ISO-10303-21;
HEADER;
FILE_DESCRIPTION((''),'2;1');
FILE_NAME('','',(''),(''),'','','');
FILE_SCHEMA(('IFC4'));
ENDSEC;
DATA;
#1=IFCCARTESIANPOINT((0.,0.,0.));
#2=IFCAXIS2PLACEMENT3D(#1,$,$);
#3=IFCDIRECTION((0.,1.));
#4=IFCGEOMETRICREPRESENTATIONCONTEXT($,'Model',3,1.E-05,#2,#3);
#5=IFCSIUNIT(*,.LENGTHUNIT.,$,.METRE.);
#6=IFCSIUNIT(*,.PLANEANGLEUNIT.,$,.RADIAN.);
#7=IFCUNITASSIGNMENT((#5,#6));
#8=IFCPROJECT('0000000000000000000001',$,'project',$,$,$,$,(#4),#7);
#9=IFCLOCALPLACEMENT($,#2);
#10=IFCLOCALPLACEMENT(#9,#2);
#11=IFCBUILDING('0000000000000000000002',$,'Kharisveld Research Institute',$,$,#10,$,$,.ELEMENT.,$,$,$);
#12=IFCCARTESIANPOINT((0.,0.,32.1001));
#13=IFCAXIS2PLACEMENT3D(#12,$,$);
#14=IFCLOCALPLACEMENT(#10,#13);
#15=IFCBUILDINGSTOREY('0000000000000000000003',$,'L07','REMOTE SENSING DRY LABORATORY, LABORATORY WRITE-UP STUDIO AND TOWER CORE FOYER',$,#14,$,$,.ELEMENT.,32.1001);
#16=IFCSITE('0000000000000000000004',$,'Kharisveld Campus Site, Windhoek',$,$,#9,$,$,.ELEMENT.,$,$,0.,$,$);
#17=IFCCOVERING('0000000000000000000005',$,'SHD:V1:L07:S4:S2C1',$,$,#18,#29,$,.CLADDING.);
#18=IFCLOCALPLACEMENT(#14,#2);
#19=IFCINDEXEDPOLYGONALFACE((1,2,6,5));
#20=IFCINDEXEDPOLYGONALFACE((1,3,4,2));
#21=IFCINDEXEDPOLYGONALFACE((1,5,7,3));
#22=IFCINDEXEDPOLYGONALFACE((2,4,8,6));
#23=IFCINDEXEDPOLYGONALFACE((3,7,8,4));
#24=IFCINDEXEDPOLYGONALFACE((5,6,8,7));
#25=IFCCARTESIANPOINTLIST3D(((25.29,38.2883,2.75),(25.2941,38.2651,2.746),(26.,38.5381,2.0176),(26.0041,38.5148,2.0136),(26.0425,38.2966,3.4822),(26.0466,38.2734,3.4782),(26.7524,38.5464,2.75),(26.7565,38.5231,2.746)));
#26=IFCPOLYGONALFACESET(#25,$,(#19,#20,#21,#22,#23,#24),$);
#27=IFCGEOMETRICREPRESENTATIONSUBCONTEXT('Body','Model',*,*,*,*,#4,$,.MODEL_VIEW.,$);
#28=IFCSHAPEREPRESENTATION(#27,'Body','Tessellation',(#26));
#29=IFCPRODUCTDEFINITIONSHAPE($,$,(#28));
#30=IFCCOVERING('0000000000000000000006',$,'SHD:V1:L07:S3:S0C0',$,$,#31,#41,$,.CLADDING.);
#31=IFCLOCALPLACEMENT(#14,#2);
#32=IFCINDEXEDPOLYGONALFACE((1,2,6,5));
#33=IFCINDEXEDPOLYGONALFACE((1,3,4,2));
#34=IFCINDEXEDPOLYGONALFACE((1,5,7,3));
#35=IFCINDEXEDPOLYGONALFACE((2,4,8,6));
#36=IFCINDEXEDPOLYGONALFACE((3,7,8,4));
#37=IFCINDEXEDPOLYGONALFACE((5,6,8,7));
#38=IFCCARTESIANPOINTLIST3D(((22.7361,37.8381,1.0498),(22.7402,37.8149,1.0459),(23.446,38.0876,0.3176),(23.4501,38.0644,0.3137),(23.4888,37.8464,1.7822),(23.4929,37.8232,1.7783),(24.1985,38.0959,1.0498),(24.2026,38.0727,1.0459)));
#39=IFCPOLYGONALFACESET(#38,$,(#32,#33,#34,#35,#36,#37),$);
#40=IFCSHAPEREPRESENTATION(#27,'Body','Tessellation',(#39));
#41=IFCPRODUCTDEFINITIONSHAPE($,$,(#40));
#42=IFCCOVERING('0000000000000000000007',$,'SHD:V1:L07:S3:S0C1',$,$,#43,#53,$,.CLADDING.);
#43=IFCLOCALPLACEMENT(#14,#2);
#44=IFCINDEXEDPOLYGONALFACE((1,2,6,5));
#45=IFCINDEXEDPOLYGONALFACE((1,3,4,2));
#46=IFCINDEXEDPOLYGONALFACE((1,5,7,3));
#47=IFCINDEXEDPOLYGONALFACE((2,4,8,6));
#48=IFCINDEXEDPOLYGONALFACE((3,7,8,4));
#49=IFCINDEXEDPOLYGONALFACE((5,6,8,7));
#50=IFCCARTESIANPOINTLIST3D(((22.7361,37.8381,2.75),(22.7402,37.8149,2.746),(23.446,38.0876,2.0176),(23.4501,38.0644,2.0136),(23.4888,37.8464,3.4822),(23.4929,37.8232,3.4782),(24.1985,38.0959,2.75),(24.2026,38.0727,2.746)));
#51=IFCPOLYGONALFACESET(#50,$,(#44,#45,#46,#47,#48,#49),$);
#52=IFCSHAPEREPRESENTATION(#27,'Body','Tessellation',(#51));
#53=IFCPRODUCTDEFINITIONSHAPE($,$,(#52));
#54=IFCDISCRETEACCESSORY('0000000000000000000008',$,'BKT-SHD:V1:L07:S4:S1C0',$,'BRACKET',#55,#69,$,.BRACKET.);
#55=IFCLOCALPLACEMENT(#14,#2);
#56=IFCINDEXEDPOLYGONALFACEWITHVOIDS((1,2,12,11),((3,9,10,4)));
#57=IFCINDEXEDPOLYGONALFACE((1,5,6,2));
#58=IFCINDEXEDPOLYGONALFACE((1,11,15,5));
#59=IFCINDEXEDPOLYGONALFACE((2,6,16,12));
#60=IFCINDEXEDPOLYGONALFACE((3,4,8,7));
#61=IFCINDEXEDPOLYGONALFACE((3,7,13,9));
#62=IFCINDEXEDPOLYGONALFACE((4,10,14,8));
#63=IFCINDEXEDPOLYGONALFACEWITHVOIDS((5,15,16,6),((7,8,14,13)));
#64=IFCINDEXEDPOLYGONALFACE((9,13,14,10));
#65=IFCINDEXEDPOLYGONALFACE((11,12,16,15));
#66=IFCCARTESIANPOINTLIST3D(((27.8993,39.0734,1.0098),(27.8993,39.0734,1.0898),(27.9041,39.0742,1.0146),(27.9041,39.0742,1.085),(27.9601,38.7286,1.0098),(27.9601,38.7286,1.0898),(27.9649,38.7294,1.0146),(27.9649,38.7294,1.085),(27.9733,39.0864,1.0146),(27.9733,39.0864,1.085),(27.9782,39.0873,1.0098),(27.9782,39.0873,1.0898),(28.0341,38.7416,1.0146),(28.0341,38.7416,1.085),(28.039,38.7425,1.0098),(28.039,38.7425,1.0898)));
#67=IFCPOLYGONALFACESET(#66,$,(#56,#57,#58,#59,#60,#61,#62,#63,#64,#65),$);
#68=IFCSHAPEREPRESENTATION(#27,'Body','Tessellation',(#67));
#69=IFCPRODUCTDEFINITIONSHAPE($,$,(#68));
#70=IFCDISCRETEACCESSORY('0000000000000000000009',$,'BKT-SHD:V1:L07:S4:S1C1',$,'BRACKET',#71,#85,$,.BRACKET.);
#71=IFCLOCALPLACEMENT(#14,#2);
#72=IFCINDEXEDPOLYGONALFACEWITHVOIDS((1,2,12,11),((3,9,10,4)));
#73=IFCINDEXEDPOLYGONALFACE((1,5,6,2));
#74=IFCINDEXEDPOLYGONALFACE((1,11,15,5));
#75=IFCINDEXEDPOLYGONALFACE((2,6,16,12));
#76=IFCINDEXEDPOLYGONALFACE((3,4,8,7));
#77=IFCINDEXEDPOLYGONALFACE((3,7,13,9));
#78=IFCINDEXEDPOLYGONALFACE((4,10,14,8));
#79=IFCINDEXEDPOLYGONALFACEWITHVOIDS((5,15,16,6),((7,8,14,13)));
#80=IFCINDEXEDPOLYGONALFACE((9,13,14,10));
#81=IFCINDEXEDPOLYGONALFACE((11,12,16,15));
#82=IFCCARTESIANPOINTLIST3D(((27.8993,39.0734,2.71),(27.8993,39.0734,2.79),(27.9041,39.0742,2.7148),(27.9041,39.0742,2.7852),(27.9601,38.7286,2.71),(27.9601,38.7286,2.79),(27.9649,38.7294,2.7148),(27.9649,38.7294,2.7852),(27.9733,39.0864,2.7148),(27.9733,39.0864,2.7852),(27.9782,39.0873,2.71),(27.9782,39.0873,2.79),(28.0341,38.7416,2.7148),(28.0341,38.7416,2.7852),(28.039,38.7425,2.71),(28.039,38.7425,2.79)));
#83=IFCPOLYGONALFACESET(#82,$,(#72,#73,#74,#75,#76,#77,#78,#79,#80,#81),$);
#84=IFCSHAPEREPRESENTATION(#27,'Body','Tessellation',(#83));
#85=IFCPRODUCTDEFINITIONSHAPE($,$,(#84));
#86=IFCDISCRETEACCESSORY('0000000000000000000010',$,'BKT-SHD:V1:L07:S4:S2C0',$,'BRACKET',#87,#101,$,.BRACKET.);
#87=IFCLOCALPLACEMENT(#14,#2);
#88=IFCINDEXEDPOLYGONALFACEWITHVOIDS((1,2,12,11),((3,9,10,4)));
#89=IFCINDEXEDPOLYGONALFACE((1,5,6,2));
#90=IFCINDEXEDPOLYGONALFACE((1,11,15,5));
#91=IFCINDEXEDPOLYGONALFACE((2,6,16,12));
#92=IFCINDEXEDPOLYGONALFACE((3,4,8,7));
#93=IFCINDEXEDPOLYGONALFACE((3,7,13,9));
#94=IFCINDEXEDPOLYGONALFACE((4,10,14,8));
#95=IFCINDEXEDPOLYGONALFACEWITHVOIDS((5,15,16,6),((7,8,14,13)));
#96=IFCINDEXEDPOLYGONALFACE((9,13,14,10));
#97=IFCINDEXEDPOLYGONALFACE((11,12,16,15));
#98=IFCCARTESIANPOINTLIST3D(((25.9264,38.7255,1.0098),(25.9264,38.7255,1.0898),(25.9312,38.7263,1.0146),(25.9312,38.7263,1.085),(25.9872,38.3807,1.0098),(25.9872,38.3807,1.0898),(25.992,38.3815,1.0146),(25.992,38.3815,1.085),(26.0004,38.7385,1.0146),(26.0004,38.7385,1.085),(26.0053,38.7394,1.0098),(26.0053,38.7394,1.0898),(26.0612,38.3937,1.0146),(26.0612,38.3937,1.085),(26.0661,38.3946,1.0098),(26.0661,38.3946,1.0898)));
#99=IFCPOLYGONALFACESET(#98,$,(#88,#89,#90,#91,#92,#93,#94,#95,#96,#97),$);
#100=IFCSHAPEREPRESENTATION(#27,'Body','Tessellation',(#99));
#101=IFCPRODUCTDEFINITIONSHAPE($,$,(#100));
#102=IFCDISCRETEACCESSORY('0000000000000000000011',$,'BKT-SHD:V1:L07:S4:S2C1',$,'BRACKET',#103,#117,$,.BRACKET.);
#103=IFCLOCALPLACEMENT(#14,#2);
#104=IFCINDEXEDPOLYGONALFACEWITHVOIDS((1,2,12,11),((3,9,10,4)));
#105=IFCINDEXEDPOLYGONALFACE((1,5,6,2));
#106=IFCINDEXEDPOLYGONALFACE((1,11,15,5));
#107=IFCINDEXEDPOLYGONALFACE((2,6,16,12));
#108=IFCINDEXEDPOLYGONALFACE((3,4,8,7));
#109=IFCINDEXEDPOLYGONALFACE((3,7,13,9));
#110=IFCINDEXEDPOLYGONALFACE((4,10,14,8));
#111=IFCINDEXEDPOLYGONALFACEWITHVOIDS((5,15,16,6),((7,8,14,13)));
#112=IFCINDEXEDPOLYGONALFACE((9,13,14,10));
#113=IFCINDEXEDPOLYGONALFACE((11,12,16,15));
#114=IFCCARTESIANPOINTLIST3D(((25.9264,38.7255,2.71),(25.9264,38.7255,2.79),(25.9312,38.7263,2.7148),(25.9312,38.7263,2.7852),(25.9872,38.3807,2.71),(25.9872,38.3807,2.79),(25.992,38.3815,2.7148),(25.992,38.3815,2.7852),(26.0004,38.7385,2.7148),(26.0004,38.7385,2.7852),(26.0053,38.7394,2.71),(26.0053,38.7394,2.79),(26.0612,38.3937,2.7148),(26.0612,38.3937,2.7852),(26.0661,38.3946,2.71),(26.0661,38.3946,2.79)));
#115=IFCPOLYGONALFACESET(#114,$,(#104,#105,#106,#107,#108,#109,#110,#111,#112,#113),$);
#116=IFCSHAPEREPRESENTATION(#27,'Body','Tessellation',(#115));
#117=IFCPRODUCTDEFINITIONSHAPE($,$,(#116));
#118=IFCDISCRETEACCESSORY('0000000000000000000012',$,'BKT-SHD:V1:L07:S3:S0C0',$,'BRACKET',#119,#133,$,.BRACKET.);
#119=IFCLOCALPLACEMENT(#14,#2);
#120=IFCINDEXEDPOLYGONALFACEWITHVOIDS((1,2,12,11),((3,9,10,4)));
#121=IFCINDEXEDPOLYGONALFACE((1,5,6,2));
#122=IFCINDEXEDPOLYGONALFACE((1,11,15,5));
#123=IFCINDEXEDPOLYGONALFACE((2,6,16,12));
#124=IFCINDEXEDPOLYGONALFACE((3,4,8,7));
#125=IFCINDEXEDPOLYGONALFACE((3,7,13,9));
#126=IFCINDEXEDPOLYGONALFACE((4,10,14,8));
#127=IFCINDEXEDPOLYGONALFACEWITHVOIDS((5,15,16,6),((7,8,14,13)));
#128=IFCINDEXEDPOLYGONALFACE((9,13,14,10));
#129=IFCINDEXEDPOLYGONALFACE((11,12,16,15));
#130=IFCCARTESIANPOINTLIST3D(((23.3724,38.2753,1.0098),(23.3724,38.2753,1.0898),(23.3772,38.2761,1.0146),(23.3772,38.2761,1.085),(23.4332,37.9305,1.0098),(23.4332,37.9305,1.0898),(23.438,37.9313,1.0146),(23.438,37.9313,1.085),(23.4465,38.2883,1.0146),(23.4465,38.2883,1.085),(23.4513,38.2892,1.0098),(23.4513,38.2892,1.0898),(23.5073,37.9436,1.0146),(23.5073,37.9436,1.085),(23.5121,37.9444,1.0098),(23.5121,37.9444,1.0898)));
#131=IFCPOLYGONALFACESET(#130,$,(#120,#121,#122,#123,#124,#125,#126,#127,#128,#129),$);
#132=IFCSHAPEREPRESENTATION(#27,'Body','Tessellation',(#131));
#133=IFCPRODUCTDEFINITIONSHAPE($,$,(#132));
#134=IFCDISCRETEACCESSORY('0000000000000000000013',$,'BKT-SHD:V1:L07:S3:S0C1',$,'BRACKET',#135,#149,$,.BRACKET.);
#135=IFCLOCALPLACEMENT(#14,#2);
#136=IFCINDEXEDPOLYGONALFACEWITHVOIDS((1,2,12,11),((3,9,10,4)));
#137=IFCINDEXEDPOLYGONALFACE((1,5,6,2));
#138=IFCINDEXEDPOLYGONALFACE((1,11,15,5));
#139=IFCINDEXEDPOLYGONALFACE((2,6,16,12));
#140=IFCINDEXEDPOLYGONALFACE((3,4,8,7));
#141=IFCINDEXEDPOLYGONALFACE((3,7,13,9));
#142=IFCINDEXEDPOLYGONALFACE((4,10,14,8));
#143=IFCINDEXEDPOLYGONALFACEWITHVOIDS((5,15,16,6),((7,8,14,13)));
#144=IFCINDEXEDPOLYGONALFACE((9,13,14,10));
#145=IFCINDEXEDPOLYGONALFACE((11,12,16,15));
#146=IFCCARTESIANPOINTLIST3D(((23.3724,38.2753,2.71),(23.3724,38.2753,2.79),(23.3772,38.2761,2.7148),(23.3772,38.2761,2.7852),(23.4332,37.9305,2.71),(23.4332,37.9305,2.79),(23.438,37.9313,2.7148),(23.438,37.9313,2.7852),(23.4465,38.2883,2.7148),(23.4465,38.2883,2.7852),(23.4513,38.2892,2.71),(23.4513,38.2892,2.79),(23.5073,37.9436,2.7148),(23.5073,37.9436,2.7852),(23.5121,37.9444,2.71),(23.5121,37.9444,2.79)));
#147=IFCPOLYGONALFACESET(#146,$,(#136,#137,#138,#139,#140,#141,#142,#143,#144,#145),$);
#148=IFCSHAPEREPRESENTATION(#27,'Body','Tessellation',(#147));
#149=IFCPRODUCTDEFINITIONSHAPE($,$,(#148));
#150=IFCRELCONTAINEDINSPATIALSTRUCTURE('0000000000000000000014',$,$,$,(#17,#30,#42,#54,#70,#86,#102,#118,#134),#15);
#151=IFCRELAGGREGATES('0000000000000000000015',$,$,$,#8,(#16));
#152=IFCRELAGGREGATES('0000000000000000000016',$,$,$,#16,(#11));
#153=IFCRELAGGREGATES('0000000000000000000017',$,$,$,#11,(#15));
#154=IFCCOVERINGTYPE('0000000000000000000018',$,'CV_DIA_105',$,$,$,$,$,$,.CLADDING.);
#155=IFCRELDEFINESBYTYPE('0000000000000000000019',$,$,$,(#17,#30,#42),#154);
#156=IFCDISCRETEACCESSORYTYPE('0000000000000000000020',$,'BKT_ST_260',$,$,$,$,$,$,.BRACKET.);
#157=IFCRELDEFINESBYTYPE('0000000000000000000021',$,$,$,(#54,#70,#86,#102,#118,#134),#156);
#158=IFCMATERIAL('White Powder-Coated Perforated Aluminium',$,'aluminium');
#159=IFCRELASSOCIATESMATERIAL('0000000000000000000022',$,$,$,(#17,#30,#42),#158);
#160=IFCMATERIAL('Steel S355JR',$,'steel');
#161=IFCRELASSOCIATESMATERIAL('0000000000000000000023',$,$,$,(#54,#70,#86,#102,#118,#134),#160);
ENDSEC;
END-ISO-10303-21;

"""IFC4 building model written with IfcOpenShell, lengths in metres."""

from ifc_helpers import new_model, si_unit, direction, frame, origin, origin_2d, place, context, subcontext, project, spatial, polyline, hollow_rectangle, outline, extrude, material, type_object, element, save


model = new_model("IFC4")

# Units and contexts
model_context = context("Model", 3, precision=1e-05, world=origin(), true_north=direction((0.0, 1.0)))
body_context = subcontext(model_context, "Body", "Model", "MODEL_VIEW")
ifc_project = project(units=[si_unit("LENGTHUNIT", "METRE"), si_unit("PLANEANGLEUNIT", "RADIAN")], contexts=[model_context])

# Site, building, storey
site_placement = place(None, origin())
site = spatial("IfcSite", under=ifc_project, at=site_placement, Name="Kharisveld Campus Site, Windhoek", CompositionType="ELEMENT", RefElevation=0.0)
building_placement = place(site_placement, origin())
building = spatial("IfcBuilding", under=site, at=building_placement, Name="Kharisveld Research Institute", CompositionType="ELEMENT")
storey_placement = place(building_placement, frame((0.0, 0.0, 32.1001)))
storey = spatial("IfcBuildingStorey", under=building, at=storey_placement, Name="L07", Description="REMOTE SENSING DRY LABORATORY, LABORATORY WRITE-UP STUDIO AND TOWER CORE FOYER", CompositionType="ELEMENT", Elevation=32.1001)

# Coverings
ifc_material_1 = material(Name="White Powder-Coated Perforated Aluminium", Category="aluminium")
covering_type = type_object("IfcCoveringType", Name="CV_DIA_105", PredefinedType="CLADDING")
covering_1_placement = place(storey_placement, frame((26.0, 38.5381, 2.0176), z_axis=(-0.171391, 0.971272, 0.165096), x_axis=(-0.676038, -0.237842, 0.697426)))
element("IfcCovering", 1, at=covering_1_placement, inside=storey, type_object=covering_type, material=ifc_material_1, Name="SHD:V1:L07:S4:S2C1", PredefinedType="CLADDING", context=body_context, shape_type="SweptSolid", body=[
    extrude(outline(polyline([(0.0, 0.0), (1.0502, 0.0), (1.0502, 1.0499), (0.0002, 1.0501), (0.0, 0.0)])), origin(), (0.0, 0.0, -1.0), 0.0239),
])
covering_2_placement = place(storey_placement, frame((23.446, 38.0876, 0.3176), z_axis=(-0.171238, 0.971321, 0.164966), x_axis=(-0.676188, -0.237643, 0.697348)))
element("IfcCovering", 2, at=covering_2_placement, inside=storey, type_object=covering_type, material=ifc_material_1, Name="SHD:V1:L07:S3:S0C0", PredefinedType="CLADDING", context=body_context, shape_type="SweptSolid", body=[
    extrude(outline(polyline([(0.0, 0.0), (1.0499, 0.0), (1.0498, 1.0503), (-0.0002, 1.0499), (0.0, 0.0)])), origin(), (0.0, 0.0, -1.0), 0.0239),
])
covering_3_placement = place(storey_placement, frame((23.446, 38.0876, 2.0176), z_axis=(-0.171238, 0.971321, 0.164966), x_axis=(-0.676072, -0.237642, 0.697462)))
element("IfcCovering", 3, at=covering_3_placement, inside=storey, type_object=covering_type, material=ifc_material_1, Name="SHD:V1:L07:S3:S0C1", PredefinedType="CLADDING", context=body_context, shape_type="SweptSolid", body=[
    extrude(outline(polyline([(0.0, 0.0), (1.0501, 0.0), (1.0499, 1.0501), (0.0002, 1.0501), (0.0, 0.0)])), origin(), (0.0, 0.0, -1.0), 0.0239),
])

# Discrete accessories
ifc_material_2 = material(Name="Steel S355JR", Category="steel")
discrete_accessory_type = type_object("IfcDiscreteAccessoryType", Name="BKT_ST_260", PredefinedType="BRACKET")
for number, where, z_axis, x_axis, name in (
    (4, (27.9387, 39.0803, 1.0498), (0.173666, -0.984805, 0.0), (0.984805, 0.173666, 0.0), "BKT-SHD:V1:L07:S4:S1C0"),
    (5, (27.9387, 39.0803, 2.75), (0.173666, -0.984805, 0.0), (0.984805, 0.173666, 0.0), "BKT-SHD:V1:L07:S4:S1C1"),
    (6, (25.9658, 38.7324, 1.0498), (0.173666, -0.984805, 0.0), (0.984805, 0.173666, 0.0), "BKT-SHD:V1:L07:S4:S2C0"),
    (7, (25.9658, 38.7324, 2.75), (0.173666, -0.984805, 0.0), (0.984805, 0.173666, 0.0), "BKT-SHD:V1:L07:S4:S2C1"),
    (8, (23.4119, 38.2822, 1.0498), (0.173666, -0.984805, 0.0), (0.984805, 0.173666, 0.0), "BKT-SHD:V1:L07:S3:S0C0"),
    (9, (23.4119, 38.2822, 2.75), (0.173666, -0.984805, 0.0), (0.984805, 0.173666, 0.0), "BKT-SHD:V1:L07:S3:S0C1"),
):
    element("IfcDiscreteAccessory", number, at=place(storey_placement, frame(where, z_axis=z_axis, x_axis=x_axis)), inside=storey, type_object=discrete_accessory_type, material=ifc_material_2, Name=name, ObjectType="BRACKET", PredefinedType="BRACKET", context=body_context, shape_type="SweptSolid", body=[
        extrude(hollow_rectangle(XDim=0.0801, YDim=0.0801, WallThickness=0.0049, at=origin_2d()), origin(), (0.0, 0.0, 1.0), 0.3501),
    ])

save(model, "model.ifc")
